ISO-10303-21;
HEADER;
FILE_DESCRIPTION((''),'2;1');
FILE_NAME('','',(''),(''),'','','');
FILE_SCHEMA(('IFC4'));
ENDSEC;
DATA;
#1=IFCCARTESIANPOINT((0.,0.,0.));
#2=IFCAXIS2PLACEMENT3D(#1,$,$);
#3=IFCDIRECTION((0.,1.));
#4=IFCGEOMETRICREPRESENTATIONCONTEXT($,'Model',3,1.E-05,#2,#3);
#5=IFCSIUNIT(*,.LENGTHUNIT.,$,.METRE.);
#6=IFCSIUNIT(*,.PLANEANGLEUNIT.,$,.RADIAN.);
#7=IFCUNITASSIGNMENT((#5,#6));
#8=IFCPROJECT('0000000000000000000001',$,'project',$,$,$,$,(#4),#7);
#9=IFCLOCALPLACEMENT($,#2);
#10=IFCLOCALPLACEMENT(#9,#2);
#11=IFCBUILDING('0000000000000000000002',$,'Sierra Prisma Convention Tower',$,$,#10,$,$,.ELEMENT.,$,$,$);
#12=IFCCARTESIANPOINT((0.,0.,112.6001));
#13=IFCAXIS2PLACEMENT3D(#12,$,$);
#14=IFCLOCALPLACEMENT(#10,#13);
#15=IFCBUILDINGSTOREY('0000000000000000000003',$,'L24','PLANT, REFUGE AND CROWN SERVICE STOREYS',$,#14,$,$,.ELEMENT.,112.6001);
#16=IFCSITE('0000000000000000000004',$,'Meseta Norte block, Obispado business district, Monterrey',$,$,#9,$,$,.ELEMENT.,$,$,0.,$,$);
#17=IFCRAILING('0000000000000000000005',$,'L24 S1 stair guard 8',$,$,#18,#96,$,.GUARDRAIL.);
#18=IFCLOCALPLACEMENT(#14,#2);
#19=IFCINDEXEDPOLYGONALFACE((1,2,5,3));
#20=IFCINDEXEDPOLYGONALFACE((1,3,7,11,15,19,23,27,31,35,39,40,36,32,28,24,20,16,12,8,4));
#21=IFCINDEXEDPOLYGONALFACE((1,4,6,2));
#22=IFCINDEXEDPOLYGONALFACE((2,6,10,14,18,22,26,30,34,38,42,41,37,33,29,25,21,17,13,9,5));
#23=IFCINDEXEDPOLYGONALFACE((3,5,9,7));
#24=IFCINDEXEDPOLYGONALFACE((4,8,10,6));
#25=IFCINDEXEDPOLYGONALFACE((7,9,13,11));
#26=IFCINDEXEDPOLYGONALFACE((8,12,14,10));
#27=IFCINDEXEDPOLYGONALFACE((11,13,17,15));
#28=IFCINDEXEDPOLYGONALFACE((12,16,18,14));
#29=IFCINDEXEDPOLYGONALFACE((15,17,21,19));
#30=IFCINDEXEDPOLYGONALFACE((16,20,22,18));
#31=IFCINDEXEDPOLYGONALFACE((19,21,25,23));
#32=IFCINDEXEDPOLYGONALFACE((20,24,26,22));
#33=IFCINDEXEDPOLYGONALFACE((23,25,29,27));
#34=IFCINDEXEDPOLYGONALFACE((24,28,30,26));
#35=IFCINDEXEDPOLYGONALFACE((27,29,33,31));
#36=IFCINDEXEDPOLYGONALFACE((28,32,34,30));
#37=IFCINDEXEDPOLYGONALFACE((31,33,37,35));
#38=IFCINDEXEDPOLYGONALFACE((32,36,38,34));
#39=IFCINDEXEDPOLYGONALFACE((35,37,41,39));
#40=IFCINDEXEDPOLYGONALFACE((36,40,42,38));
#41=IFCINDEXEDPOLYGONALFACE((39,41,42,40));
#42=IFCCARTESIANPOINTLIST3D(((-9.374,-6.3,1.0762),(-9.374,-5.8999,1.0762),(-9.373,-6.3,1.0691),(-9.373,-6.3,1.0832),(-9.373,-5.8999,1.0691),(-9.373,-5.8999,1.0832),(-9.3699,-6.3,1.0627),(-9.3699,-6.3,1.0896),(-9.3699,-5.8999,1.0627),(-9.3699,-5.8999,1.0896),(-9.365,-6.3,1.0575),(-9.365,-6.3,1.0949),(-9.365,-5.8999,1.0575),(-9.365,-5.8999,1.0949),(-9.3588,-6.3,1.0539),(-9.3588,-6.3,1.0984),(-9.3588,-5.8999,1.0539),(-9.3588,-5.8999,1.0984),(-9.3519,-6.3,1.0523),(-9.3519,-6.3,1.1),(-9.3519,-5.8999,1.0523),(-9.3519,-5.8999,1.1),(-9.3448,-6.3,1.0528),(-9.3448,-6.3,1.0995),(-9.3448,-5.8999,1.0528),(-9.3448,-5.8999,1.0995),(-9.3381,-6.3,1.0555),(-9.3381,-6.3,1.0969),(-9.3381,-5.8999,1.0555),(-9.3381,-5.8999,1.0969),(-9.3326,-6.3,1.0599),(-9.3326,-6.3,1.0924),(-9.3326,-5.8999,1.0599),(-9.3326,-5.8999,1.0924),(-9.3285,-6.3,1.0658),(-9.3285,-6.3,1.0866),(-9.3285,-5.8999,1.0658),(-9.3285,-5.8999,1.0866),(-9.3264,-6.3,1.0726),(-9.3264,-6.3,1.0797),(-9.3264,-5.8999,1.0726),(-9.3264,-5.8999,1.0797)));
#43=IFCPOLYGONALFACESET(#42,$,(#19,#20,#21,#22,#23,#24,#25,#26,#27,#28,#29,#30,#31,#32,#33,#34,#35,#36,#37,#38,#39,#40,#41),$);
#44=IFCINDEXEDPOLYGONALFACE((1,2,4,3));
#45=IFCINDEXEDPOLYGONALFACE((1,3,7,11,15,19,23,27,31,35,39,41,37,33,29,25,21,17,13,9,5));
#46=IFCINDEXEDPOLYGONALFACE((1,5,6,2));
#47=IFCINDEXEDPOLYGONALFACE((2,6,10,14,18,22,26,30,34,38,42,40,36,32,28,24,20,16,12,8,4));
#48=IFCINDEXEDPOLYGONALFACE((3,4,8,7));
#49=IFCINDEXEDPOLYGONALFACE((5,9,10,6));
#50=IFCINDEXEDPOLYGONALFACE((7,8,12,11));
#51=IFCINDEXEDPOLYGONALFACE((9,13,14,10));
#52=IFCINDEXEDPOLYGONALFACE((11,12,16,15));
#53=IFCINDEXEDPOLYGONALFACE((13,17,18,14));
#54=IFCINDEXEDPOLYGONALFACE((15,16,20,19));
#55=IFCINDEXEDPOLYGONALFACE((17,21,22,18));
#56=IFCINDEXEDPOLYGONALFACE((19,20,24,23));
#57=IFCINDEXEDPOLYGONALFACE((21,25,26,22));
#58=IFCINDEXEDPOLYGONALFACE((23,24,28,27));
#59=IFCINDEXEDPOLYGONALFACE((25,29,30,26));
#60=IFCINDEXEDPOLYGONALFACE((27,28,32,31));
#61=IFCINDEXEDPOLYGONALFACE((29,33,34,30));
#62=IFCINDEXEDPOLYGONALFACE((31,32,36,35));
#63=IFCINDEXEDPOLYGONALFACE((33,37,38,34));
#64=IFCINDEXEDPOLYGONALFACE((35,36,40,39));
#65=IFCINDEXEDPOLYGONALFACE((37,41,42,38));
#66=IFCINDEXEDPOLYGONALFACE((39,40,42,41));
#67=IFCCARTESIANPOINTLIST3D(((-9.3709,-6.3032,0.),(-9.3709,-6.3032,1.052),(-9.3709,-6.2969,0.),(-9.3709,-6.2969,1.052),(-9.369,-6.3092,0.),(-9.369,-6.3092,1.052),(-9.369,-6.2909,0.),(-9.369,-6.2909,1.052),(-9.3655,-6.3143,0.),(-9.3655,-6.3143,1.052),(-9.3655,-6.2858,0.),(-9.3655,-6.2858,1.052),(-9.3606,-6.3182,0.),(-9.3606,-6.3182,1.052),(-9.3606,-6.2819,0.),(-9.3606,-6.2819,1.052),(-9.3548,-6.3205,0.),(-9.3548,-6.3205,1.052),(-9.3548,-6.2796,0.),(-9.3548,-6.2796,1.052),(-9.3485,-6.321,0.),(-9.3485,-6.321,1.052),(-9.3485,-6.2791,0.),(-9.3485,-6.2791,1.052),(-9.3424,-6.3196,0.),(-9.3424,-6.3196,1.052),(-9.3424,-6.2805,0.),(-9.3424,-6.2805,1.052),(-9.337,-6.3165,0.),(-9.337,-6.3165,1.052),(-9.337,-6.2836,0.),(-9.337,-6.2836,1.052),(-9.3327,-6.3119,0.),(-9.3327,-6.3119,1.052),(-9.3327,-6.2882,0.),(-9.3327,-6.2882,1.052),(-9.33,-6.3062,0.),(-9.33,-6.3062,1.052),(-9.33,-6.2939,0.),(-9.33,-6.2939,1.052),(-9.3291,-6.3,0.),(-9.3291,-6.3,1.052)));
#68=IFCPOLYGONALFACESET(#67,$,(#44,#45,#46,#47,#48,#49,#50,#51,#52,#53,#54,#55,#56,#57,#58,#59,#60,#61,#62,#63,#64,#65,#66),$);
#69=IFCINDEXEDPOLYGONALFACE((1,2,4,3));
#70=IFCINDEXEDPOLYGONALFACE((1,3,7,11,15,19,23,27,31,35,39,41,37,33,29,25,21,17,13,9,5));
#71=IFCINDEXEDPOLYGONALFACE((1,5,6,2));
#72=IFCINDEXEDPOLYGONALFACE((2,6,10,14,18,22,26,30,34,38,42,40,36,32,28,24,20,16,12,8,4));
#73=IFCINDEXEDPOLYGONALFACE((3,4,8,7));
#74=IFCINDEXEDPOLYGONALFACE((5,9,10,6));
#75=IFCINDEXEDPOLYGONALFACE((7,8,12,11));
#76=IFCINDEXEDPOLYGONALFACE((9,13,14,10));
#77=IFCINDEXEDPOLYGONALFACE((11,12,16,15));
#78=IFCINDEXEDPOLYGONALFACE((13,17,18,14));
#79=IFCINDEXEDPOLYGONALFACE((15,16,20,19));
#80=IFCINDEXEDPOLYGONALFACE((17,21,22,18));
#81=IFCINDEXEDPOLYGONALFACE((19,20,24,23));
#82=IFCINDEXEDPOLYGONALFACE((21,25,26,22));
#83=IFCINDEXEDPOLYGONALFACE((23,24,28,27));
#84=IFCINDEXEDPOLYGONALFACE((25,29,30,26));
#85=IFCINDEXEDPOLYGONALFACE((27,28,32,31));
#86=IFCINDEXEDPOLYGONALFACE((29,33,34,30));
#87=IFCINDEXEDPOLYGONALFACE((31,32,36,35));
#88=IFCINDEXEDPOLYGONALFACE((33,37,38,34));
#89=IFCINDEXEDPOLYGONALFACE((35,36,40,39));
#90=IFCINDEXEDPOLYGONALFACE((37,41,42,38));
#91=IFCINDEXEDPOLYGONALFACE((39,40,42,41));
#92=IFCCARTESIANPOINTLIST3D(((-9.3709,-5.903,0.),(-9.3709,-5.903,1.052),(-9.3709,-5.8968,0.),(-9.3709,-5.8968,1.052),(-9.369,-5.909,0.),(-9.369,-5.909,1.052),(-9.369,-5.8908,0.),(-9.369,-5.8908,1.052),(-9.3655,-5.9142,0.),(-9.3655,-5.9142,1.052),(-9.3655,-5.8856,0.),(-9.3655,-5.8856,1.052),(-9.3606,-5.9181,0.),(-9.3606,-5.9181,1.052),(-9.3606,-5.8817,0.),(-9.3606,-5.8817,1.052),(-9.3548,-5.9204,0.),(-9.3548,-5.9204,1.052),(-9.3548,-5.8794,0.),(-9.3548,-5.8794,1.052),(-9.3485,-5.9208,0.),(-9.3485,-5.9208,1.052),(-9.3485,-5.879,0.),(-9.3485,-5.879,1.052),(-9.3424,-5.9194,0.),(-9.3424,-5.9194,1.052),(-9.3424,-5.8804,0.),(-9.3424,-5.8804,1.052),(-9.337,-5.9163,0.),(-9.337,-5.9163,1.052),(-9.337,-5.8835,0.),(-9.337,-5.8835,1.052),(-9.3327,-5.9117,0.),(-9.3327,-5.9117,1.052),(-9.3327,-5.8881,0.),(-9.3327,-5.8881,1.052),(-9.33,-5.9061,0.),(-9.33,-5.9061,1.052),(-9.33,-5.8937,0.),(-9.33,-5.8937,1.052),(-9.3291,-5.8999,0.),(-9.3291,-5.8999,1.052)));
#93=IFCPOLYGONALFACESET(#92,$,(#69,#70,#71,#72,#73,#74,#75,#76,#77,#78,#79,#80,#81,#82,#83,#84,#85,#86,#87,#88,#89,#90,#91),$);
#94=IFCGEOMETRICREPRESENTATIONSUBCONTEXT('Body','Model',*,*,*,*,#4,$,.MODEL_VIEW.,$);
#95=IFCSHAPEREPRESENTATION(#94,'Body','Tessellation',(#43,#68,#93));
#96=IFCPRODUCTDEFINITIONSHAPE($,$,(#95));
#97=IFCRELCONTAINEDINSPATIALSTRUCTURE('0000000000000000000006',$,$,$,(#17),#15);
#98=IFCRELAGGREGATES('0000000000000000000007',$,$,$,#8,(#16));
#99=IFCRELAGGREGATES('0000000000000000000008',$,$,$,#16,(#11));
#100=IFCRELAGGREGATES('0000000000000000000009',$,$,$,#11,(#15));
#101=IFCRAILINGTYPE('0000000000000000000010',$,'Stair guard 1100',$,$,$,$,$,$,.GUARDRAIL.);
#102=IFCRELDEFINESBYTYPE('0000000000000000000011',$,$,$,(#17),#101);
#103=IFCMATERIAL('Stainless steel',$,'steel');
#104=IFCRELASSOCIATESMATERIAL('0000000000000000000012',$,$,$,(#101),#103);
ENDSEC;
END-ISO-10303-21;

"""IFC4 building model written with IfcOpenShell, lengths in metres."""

from ifc_helpers import new_model, si_unit, direction, frame, origin, origin_2d, place, context, subcontext, project, spatial, circle, extrude, material, type_object, element, save


model = new_model("IFC4")

# Units and contexts
model_context = context("Model", 3, precision=1e-05, world=origin(), true_north=direction((0.0, 1.0)))
body_context = subcontext(model_context, "Body", "Model", "MODEL_VIEW")
ifc_project = project(units=[si_unit("LENGTHUNIT", "METRE"), si_unit("PLANEANGLEUNIT", "RADIAN")], contexts=[model_context])

# Site, building, storey
site_placement = place(None, origin())
site = spatial("IfcSite", under=ifc_project, at=site_placement, Name="Meseta Norte block, Obispado business district, Monterrey", CompositionType="ELEMENT", RefElevation=0.0)
building_placement = place(site_placement, origin())
building = spatial("IfcBuilding", under=site, at=building_placement, Name="Sierra Prisma Convention Tower", CompositionType="ELEMENT")
storey_placement = place(building_placement, frame((0.0, 0.0, 112.6001)))
storey = spatial("IfcBuildingStorey", under=building, at=storey_placement, Name="L24", Description="PLANT, REFUGE AND CROWN SERVICE STOREYS", CompositionType="ELEMENT", Elevation=112.6001)

# Railing
ifc_material_1 = material(Name="Stainless steel", Category="steel")
railing_type_1 = type_object("IfcRailingType", Name="Stair guard 1100", PredefinedType="GUARDRAIL", material=ifc_material_1)
railing_1_placement = place(storey_placement, frame((-9.3501, -6.3, 0.0)))
element("IfcRailing", 1, at=railing_1_placement, inside=storey, type_object=railing_type_1, Name="L24 S1 stair guard 8", PredefinedType="GUARDRAIL", context=body_context, shape_type="SweptSolid", body=[
    extrude(circle(Radius=0.0239, at=origin_2d()), frame((0.0, 0.0, 1.0762), z_axis=(0.0, 1.0, 0.0), x_axis=(-1.0, 0.0, 0.0)), (0.0, 0.0, 1.0), 0.4001),
    extrude(circle(Radius=0.021, at=origin_2d()), origin(), (0.0, 0.0, 1.0), 1.052),
    extrude(circle(Radius=0.021, at=origin_2d()), frame((0.0, 0.4001, 0.0)), (0.0, 0.0, 1.0), 1.052),
])

save(model, "model.ifc")
